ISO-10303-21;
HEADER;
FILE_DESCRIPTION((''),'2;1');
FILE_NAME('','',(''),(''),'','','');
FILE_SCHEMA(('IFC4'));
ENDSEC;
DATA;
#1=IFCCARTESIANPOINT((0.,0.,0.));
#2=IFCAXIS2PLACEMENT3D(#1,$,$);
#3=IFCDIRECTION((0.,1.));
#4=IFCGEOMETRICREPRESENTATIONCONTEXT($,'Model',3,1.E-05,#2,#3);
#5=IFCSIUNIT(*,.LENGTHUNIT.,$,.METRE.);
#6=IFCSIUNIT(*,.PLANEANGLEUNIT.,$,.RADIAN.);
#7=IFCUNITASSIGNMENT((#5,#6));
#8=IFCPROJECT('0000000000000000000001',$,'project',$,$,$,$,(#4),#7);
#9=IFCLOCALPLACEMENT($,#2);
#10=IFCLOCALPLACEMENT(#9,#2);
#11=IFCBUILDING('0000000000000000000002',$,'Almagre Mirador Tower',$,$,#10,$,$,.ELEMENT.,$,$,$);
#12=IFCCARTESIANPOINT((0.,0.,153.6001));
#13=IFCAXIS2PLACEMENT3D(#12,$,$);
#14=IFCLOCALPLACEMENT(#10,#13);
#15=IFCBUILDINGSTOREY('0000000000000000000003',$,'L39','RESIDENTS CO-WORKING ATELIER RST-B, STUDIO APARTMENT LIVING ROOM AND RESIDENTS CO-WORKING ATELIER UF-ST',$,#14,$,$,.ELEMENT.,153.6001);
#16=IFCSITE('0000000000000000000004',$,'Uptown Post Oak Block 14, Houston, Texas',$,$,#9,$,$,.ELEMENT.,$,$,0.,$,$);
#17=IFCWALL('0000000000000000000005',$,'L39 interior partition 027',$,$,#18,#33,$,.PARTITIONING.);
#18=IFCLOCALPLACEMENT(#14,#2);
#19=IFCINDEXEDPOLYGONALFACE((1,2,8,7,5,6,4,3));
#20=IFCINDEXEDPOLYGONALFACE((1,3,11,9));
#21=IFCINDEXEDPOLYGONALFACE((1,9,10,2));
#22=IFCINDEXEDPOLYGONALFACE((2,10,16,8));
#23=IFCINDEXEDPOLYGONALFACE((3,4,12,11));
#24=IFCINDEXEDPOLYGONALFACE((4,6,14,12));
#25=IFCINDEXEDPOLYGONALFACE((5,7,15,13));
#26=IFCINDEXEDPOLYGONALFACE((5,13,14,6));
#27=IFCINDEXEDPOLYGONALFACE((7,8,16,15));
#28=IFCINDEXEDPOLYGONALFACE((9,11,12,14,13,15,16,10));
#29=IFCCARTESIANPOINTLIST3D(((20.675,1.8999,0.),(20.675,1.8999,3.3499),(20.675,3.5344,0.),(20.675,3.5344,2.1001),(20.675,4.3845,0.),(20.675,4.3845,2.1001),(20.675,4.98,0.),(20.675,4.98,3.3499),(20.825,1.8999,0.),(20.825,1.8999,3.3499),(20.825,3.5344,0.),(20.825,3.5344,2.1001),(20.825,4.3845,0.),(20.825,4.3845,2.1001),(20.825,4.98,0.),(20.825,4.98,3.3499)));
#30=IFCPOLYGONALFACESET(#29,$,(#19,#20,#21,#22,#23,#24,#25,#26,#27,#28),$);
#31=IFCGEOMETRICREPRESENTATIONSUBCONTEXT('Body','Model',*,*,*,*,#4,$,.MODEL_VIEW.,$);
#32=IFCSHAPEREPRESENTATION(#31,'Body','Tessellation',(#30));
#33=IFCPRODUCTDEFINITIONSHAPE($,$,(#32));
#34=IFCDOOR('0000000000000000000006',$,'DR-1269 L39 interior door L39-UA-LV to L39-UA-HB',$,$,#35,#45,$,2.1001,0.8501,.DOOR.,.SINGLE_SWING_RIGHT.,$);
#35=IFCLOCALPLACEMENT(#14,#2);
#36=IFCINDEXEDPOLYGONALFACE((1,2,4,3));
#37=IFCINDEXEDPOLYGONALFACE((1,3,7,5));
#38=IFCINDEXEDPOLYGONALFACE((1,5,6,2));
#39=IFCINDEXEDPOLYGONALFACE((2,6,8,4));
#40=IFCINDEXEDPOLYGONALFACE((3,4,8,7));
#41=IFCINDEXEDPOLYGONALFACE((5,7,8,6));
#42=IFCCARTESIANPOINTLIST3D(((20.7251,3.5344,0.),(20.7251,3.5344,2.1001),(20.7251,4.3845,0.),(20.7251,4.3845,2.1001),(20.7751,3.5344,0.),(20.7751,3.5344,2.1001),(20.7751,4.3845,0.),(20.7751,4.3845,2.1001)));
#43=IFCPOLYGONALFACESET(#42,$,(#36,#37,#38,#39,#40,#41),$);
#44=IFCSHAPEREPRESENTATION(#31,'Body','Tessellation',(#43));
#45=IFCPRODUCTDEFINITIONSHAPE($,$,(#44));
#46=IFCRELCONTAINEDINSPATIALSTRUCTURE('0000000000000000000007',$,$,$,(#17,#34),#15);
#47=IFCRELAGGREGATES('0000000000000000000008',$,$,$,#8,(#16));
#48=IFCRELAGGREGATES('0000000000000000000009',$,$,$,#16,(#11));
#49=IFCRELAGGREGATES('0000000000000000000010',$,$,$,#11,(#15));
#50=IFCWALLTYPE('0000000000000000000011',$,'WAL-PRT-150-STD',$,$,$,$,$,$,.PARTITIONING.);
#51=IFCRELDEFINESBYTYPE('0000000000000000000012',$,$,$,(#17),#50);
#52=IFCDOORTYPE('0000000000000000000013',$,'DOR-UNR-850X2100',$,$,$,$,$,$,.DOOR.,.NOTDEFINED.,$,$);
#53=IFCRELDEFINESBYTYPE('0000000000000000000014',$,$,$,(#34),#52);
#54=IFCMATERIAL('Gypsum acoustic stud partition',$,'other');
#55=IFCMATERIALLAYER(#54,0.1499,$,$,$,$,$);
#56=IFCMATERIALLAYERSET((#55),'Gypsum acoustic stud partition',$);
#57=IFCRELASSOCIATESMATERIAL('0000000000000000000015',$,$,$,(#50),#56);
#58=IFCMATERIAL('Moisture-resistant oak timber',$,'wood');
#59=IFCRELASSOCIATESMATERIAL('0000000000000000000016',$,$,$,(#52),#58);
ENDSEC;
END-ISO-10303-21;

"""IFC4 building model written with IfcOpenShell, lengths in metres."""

from ifc_helpers import new_model, si_unit, direction, frame, frame_2d, origin, place, context, subcontext, project, spatial, rectangle, extrude, material, layer, layer_set, type_object, element, fill, save


model = new_model("IFC4")

# Units and contexts
model_context = context("Model", 3, precision=1e-05, world=origin(), true_north=direction((0.0, 1.0)))
body_context = subcontext(model_context, "Body", "Model", "MODEL_VIEW")
ifc_project = project(units=[si_unit("LENGTHUNIT", "METRE"), si_unit("PLANEANGLEUNIT", "RADIAN")], contexts=[model_context])

# Site, building, storey
site_placement = place(None, origin())
site = spatial("IfcSite", under=ifc_project, at=site_placement, Name="Uptown Post Oak Block 14, Houston, Texas", CompositionType="ELEMENT", RefElevation=0.0)
building_placement = place(site_placement, origin())
building = spatial("IfcBuilding", under=site, at=building_placement, Name="Almagre Mirador Tower", CompositionType="ELEMENT")
storey_placement = place(building_placement, frame((0.0, 0.0, 153.6001)))
storey = spatial("IfcBuildingStorey", under=building, at=storey_placement, Name="L39", Description="RESIDENTS CO-WORKING ATELIER RST-B, STUDIO APARTMENT LIVING ROOM AND RESIDENTS CO-WORKING ATELIER UF-ST", CompositionType="ELEMENT", Elevation=153.6001)

# Wall, opening, door
ifc_material_1 = material(Name="Gypsum acoustic stud partition", Category="other")
ifc_layer_1 = layer(ifc_material_1, 0.1499)
ifc_layer_set_1 = layer_set([ifc_layer_1], Name="Gypsum acoustic stud partition")
wall_type_1 = type_object("IfcWallType", Name="WAL-PRT-150-STD", PredefinedType="PARTITIONING", material=ifc_layer_set_1)
wall_1_placement = place(storey_placement, frame((20.75, 1.8999, 0.0), z_axis=(0.0, 0.0, 1.0), x_axis=(0.0, 1.0, 0.0)))
wall_1 = element("IfcWall", 1, at=wall_1_placement, inside=storey, type_object=wall_type_1, Name="L39 interior partition 027", PredefinedType="PARTITIONING", context=body_context, shape_type="SweptSolid", body=[
    extrude(rectangle(XDim=3.0801, YDim=0.1499, at=frame_2d((1.54, 0.0))), origin(), (0.0, 0.0, 1.0), 3.3499),
])
opening_1_placement = place(wall_1_placement, frame((1.6345, 0.0, 0.0)))
opening_1 = element("IfcOpeningElement", 2, at=opening_1_placement, cuts=wall_1, PredefinedType="OPENING", context=body_context, shape_type="SweptSolid", body=[
    extrude(rectangle(XDim=0.8501, YDim=2.1001, at=frame_2d((0.425, 1.05))), frame((0.0, 0.085, 0.0), z_axis=(0.0, -1.0, 0.0), x_axis=(1.0, 0.0, 0.0)), (0.0, 0.0, 1.0), 0.1699),
])
ifc_material_2 = material(Name="Moisture-resistant oak timber", Category="wood")
door_type_1 = type_object("IfcDoorType", Name="DOR-UNR-850X2100", OperationType="NOTDEFINED", PredefinedType="DOOR", material=ifc_material_2)
door_1_placement = place(opening_1_placement, origin())
door_1 = element("IfcDoor", 3, at=door_1_placement, inside=storey, type_object=door_type_1, Name="DR-1269 L39 interior door L39-UA-LV to L39-UA-HB", OperationType="SINGLE_SWING_RIGHT", OverallHeight=2.1001, OverallWidth=0.8501, PredefinedType="DOOR", context=body_context, shape_type="SweptSolid", body=[
    extrude(rectangle(XDim=0.8501, YDim=2.1001, at=frame_2d((0.425, 1.05))), frame((0.0, 0.0249, 0.0), z_axis=(0.0, -1.0, 0.0), x_axis=(1.0, 0.0, 0.0)), (0.0, 0.0, 1.0), 0.05),
])
fill(opening_1, door_1)

save(model, "model.ifc")
